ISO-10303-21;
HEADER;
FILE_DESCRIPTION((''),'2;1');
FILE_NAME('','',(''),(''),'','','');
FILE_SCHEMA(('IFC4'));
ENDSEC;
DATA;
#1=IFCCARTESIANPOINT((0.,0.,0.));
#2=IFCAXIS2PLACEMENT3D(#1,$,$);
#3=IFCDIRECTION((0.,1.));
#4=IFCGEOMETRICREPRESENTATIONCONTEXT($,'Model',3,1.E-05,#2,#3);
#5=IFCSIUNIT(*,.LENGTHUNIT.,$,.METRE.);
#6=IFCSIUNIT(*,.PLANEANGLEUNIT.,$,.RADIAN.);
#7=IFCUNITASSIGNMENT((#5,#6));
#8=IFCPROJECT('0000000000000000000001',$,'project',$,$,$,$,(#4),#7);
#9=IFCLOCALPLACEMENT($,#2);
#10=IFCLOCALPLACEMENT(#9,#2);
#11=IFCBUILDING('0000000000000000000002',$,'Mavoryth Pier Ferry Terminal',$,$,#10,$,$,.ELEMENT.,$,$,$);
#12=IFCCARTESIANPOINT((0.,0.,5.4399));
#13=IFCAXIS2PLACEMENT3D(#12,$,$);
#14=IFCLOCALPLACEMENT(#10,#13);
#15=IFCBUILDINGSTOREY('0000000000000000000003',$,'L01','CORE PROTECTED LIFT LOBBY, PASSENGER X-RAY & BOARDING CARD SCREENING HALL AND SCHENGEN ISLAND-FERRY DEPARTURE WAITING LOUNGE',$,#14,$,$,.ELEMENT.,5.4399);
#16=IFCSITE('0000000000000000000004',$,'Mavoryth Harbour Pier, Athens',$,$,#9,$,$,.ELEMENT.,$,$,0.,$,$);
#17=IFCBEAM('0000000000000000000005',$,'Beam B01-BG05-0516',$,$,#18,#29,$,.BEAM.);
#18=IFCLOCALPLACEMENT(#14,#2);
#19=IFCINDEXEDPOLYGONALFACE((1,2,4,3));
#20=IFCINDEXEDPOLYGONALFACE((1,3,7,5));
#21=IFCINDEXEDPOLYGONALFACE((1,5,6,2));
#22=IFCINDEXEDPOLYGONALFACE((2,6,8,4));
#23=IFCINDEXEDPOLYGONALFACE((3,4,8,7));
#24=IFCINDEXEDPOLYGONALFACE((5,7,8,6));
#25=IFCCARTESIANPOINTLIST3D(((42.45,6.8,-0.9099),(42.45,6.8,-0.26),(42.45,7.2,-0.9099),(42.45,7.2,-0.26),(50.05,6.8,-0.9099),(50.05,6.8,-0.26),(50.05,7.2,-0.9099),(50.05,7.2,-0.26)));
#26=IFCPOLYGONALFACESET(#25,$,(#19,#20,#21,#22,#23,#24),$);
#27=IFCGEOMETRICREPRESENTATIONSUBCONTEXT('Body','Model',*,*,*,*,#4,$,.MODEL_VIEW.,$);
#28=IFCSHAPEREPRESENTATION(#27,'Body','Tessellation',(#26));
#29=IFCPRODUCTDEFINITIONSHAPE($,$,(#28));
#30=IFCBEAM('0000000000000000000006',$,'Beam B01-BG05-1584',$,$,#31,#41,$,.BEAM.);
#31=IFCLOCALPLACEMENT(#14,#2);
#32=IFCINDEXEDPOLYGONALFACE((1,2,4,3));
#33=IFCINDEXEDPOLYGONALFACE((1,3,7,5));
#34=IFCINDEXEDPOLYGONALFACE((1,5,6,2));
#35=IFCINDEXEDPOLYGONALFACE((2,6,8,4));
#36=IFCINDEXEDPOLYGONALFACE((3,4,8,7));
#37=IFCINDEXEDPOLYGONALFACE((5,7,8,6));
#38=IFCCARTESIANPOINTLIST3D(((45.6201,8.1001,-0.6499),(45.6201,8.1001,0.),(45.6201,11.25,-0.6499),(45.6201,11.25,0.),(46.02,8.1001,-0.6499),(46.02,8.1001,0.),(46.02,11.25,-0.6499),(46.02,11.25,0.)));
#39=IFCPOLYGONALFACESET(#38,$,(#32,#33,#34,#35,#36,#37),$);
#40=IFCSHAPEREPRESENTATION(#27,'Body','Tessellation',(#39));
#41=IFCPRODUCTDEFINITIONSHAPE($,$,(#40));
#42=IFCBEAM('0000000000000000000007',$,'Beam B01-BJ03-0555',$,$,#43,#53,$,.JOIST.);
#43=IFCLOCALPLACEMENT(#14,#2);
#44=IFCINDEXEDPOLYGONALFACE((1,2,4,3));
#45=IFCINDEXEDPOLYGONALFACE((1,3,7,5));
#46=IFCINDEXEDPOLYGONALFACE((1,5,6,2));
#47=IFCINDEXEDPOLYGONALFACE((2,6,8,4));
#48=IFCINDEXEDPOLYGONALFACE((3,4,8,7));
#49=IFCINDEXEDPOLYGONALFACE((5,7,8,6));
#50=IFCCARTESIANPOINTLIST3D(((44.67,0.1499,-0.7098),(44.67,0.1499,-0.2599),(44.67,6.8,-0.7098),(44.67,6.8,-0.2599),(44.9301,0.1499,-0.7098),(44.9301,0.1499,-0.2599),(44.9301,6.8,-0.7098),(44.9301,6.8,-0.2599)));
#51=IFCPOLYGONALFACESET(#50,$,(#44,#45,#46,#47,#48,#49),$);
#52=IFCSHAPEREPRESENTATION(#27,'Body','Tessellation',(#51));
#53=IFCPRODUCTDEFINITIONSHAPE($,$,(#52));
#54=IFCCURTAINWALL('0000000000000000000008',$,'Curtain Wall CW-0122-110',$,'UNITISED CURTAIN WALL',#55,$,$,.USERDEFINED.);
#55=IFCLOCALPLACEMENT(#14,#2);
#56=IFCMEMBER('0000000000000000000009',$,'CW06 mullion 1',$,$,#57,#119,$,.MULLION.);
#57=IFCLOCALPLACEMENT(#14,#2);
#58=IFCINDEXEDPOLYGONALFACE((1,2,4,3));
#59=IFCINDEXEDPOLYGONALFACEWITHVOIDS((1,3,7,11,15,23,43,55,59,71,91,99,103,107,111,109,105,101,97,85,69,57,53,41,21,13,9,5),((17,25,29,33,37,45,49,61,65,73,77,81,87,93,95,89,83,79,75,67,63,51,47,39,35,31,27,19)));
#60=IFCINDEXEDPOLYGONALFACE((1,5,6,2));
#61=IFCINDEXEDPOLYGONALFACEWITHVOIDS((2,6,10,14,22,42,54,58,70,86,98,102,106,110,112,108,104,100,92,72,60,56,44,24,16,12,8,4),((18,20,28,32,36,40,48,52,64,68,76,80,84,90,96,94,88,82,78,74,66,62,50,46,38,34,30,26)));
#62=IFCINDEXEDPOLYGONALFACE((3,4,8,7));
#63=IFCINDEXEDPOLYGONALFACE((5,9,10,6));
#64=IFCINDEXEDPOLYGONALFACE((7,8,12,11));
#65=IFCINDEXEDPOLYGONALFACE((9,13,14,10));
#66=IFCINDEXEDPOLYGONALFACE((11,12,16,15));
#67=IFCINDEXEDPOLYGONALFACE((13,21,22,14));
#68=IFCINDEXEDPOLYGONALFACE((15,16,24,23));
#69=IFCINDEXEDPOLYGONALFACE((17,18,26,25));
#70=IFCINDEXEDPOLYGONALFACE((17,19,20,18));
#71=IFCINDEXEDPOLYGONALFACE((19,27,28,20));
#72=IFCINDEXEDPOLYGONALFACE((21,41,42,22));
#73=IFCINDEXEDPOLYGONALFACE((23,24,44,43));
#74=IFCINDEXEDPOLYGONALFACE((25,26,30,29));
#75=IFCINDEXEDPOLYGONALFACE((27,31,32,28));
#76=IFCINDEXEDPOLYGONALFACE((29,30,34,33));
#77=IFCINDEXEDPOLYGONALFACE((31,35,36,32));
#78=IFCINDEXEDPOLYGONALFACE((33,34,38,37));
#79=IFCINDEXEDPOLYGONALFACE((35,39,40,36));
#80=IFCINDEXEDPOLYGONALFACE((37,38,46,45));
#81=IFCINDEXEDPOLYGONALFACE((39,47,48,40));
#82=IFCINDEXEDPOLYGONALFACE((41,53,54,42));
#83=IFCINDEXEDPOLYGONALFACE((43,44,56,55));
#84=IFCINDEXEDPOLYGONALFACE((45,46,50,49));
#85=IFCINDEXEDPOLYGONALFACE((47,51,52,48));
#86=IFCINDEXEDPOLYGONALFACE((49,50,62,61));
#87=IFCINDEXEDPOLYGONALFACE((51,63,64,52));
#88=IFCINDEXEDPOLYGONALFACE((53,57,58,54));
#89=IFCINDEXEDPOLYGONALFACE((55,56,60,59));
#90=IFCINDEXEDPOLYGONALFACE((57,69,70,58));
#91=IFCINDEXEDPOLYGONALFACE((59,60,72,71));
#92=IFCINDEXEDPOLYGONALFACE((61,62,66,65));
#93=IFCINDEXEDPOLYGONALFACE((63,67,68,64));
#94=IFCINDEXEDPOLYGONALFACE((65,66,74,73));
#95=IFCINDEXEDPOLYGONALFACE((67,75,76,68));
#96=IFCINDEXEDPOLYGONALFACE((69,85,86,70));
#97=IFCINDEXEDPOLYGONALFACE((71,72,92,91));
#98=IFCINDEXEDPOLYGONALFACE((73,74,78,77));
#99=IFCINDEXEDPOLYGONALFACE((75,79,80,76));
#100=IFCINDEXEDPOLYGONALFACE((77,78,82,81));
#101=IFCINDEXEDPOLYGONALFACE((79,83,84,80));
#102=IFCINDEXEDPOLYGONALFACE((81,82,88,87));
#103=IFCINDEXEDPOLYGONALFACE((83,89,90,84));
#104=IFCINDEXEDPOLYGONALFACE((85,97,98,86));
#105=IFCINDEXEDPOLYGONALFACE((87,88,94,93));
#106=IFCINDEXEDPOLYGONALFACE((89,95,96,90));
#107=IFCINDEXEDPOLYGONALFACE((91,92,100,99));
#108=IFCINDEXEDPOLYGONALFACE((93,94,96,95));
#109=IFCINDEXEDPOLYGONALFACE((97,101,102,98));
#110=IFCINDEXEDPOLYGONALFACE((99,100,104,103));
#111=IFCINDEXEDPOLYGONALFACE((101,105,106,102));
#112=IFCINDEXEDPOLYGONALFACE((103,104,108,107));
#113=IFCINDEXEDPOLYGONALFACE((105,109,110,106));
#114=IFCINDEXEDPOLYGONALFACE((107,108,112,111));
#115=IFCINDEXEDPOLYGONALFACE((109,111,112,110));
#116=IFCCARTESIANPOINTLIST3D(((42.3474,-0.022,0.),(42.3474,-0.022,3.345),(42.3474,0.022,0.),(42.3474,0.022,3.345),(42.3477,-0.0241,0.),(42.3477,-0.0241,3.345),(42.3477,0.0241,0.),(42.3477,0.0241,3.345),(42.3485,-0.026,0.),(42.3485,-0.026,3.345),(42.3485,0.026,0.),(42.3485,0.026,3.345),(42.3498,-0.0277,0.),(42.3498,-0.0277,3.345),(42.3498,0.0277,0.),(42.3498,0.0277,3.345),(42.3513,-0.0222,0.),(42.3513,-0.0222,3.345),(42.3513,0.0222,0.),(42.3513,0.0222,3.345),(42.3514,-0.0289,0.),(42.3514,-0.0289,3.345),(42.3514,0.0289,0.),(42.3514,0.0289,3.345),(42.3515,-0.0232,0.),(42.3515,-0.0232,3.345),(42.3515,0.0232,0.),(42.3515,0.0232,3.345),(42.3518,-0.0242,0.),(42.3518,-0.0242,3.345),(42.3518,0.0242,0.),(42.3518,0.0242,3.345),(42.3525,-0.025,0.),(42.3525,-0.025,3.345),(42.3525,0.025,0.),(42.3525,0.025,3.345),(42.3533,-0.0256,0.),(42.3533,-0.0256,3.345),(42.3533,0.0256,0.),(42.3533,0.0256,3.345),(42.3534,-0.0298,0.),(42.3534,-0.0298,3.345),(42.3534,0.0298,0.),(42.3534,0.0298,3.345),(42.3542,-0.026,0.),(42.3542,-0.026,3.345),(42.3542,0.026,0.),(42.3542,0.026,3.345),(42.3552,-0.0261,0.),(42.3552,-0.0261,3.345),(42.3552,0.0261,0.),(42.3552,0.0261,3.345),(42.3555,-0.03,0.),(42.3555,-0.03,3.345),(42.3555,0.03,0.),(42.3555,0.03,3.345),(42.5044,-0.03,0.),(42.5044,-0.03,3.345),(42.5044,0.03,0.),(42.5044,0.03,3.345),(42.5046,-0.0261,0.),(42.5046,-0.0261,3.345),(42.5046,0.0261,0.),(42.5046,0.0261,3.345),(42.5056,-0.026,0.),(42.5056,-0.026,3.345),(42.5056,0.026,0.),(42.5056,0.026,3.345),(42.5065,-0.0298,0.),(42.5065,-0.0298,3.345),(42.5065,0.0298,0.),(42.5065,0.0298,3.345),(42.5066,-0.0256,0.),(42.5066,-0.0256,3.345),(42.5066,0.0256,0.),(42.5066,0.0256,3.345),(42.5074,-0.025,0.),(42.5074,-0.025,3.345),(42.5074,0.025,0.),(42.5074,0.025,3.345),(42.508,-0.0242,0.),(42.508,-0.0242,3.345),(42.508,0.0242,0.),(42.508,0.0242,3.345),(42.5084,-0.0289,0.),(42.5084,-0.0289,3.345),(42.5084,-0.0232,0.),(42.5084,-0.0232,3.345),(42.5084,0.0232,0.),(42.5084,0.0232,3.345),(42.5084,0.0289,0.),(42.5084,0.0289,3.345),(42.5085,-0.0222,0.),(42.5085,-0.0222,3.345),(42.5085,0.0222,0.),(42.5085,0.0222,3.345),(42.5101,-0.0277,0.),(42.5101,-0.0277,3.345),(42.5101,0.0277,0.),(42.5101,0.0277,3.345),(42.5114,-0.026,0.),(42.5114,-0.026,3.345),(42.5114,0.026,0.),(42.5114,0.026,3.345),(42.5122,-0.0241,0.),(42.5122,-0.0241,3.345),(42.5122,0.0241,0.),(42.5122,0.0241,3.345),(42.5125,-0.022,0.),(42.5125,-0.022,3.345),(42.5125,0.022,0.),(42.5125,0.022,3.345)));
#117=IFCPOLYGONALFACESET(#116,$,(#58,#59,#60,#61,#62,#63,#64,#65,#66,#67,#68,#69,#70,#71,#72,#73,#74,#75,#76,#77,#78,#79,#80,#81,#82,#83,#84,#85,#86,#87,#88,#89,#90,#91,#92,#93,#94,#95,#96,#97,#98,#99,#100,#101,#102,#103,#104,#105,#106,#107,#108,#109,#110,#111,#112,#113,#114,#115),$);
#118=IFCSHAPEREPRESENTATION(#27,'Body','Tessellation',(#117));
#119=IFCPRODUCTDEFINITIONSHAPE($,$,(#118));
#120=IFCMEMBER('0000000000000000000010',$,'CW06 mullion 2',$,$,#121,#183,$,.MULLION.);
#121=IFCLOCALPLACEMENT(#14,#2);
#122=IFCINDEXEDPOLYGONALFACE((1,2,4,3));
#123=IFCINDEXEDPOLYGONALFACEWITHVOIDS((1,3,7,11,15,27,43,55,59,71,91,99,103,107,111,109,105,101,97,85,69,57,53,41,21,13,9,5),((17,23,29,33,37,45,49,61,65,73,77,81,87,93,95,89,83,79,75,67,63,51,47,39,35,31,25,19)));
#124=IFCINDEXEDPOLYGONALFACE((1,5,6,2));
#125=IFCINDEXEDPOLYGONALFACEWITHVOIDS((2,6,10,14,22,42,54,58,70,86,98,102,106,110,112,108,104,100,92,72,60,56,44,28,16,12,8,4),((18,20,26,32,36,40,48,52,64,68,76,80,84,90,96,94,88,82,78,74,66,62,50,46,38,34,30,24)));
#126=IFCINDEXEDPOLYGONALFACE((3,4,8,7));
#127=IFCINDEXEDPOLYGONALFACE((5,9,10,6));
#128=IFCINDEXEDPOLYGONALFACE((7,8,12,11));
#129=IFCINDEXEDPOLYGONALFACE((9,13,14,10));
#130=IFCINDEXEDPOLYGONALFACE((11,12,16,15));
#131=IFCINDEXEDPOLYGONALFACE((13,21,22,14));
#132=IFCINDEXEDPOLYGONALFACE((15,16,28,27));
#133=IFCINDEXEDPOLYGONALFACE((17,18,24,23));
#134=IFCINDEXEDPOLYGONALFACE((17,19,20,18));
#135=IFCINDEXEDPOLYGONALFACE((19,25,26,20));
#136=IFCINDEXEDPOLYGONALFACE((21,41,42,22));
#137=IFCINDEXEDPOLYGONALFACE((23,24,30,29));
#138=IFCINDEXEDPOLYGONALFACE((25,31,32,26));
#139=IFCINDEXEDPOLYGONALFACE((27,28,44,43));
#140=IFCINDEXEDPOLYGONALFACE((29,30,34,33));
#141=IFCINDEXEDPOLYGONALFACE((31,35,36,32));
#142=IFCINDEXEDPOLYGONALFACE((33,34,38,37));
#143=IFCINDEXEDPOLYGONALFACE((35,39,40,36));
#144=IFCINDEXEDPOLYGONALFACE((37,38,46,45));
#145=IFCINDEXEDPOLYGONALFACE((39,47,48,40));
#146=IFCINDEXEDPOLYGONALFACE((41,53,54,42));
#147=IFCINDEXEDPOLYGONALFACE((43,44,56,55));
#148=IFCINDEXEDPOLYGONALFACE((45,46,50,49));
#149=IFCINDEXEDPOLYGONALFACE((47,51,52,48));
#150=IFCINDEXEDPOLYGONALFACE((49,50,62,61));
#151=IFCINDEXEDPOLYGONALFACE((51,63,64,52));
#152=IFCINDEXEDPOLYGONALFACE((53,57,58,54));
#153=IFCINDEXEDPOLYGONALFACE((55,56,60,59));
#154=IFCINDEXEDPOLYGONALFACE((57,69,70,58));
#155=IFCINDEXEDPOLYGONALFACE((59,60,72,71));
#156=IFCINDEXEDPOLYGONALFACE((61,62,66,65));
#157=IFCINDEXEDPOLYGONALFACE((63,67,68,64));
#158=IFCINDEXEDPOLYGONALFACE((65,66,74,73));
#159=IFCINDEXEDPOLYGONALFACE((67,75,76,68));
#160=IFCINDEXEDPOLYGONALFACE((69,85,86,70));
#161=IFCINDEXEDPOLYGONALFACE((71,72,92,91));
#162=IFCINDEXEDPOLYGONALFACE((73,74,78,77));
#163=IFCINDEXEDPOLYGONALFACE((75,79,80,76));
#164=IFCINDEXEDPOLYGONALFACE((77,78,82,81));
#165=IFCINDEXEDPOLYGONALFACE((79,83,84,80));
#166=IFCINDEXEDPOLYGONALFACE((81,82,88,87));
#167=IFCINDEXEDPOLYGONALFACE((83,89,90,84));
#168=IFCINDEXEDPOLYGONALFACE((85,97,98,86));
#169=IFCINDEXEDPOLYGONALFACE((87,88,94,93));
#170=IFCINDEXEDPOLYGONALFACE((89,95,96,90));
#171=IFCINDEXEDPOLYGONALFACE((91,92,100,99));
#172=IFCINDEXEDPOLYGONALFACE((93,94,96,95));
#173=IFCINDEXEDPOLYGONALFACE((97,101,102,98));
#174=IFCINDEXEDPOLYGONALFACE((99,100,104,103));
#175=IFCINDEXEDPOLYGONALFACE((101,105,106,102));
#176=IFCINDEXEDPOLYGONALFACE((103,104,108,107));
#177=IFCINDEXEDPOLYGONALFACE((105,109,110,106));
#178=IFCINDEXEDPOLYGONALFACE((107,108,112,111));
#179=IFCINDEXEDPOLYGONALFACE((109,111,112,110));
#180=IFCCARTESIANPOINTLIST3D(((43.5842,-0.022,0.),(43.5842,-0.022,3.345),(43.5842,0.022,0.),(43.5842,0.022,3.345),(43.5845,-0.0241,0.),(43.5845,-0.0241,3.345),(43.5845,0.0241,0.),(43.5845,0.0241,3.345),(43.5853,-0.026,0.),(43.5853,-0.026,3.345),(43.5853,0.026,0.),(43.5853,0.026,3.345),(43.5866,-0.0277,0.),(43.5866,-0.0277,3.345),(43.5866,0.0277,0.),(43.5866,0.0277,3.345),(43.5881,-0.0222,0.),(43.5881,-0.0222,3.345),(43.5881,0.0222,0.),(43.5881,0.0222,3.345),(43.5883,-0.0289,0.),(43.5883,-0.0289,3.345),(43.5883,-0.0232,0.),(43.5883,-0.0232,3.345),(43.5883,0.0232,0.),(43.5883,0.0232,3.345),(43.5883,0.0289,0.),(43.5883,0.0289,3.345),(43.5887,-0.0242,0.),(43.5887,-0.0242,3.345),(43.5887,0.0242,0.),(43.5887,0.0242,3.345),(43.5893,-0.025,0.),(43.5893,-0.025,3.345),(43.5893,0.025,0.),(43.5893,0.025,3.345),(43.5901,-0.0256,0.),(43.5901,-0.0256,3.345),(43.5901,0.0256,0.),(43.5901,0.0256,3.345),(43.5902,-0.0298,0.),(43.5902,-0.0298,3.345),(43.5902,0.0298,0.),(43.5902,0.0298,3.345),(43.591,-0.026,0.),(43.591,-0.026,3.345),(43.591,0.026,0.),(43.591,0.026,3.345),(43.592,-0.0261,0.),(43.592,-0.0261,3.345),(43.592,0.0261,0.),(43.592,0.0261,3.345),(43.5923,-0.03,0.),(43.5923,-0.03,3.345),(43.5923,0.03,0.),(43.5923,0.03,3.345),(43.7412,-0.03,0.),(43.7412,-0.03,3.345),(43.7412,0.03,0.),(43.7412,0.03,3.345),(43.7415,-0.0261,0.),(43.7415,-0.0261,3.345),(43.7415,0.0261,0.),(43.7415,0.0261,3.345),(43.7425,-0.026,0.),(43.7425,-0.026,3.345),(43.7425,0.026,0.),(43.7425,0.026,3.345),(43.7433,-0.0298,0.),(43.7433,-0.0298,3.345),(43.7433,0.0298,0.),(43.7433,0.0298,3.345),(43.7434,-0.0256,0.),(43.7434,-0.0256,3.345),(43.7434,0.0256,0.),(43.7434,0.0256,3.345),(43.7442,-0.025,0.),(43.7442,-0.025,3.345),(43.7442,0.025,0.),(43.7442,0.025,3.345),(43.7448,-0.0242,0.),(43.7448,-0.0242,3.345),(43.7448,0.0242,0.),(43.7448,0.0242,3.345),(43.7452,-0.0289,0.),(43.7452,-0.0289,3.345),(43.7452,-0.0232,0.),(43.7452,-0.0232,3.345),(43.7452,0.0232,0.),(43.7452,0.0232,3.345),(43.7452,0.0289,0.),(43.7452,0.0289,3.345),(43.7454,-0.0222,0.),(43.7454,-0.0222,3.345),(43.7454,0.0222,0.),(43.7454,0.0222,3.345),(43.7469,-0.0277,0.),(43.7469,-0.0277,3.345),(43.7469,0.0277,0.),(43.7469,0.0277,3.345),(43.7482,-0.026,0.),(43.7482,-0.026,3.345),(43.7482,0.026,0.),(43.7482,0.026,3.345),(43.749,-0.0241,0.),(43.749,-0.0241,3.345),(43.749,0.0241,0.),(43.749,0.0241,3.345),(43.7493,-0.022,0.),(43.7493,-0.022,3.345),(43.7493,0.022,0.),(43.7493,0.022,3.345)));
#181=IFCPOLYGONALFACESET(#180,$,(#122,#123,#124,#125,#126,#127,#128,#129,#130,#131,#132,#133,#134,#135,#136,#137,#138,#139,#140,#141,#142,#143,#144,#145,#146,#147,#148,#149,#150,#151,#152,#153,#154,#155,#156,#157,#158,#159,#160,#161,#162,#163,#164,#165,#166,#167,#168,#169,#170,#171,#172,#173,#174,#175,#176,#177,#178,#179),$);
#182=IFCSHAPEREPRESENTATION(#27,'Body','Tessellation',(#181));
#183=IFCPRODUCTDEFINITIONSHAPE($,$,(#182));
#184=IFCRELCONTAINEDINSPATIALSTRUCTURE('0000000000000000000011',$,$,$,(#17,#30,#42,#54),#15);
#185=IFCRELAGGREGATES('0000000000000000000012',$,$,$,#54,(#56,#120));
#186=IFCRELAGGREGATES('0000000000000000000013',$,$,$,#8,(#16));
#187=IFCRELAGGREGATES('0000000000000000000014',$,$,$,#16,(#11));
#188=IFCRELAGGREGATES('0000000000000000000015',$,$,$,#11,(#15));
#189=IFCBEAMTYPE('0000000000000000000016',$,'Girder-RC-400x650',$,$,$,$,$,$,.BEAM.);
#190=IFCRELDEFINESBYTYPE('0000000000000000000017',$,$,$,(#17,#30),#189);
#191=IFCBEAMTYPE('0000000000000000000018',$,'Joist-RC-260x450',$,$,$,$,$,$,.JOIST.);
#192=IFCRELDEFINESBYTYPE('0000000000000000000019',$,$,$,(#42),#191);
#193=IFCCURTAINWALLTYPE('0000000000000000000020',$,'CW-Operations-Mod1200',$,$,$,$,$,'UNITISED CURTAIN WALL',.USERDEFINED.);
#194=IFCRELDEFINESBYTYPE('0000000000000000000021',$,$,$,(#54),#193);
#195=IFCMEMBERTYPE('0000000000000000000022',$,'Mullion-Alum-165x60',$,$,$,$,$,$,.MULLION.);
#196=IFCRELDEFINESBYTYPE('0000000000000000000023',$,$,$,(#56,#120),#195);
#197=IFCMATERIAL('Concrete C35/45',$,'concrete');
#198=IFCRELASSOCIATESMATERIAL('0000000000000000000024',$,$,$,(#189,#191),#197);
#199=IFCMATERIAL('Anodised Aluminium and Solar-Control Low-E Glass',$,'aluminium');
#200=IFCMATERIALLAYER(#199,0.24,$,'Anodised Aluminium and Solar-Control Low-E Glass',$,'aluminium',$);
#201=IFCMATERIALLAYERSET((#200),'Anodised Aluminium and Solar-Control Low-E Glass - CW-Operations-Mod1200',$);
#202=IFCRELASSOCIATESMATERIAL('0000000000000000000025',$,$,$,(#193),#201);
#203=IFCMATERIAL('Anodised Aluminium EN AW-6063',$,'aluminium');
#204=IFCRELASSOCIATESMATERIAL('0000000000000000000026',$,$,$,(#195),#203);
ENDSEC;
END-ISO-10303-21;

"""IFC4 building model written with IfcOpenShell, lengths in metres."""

from ifc_helpers import new_model, si_unit, direction, frame, origin, origin_2d, place, context, subcontext, project, spatial, rectangle, hollow_rectangle, extrude, material, layer, layer_set, material_profile, profile_set, type_object, element, aggregate, save


model = new_model("IFC4")

# Units and contexts
model_context = context("Model", 3, precision=1e-05, world=origin(), true_north=direction((0.0, 1.0)))
body_context = subcontext(model_context, "Body", "Model", "MODEL_VIEW")
ifc_project = project(units=[si_unit("LENGTHUNIT", "METRE"), si_unit("PLANEANGLEUNIT", "RADIAN")], contexts=[model_context])

# Site, building, storey
site_placement = place(None, origin())
site = spatial("IfcSite", under=ifc_project, at=site_placement, Name="Mavoryth Harbour Pier, Athens", CompositionType="ELEMENT", RefElevation=0.0)
building_placement = place(site_placement, origin())
building = spatial("IfcBuilding", under=site, at=building_placement, Name="Mavoryth Pier Ferry Terminal", CompositionType="ELEMENT")
storey_placement = place(building_placement, frame((0.0, 0.0, 5.4399)))
storey = spatial("IfcBuildingStorey", under=building, at=storey_placement, Name="L01", Description="CORE PROTECTED LIFT LOBBY, PASSENGER X-RAY & BOARDING CARD SCREENING HALL AND SCHENGEN ISLAND-FERRY DEPARTURE WAITING LOUNGE", CompositionType="ELEMENT", Elevation=5.4399)

# Beams
ifc_material_1 = material(Name="Concrete C35/45", Category="concrete")
ifc_material_profile_1 = material_profile(ifc_material_1, rectangle(XDim=0.3999, YDim=0.6499, at=origin_2d()), Name="RC 400x650", Category="concrete")
ifc_profile_set_1 = profile_set([ifc_material_profile_1], Name="Concrete C35/45 - RC 400x650")
beam_type_1 = type_object("IfcBeamType", Name="Girder-RC-400x650", PredefinedType="BEAM", material=ifc_profile_set_1)
beam_1_placement = place(storey_placement, frame((42.45, 7.0, -0.585), z_axis=(1.0, 0.0, 0.0), x_axis=(0.0, 1.0, 0.0)))
element("IfcBeam", 1, at=beam_1_placement, inside=storey, type_object=beam_type_1, Name="Beam B01-BG05-0516", PredefinedType="BEAM", context=body_context, shape_type="SweptSolid", body=[
    extrude(rectangle(XDim=0.3999, YDim=0.6499, at=origin_2d()), origin(), (0.0, 0.0, 1.0), 7.6001),
])
beam_2_placement = place(storey_placement, frame((45.8201, 8.1001, -0.325), z_axis=(0.0, 1.0, 0.0), x_axis=(-1.0, 0.0, 0.0)))
element("IfcBeam", 2, at=beam_2_placement, inside=storey, type_object=beam_type_1, Name="Beam B01-BG05-1584", PredefinedType="BEAM", context=body_context, shape_type="SweptSolid", body=[
    extrude(rectangle(XDim=0.3999, YDim=0.6499, at=origin_2d()), origin(), (0.0, 0.0, 1.0), 3.1499),
])
ifc_material_profile_2 = material_profile(ifc_material_1, rectangle(XDim=0.26, YDim=0.45, at=origin_2d()), Name="RC 260x450", Category="concrete")
ifc_profile_set_2 = profile_set([ifc_material_profile_2], Name="Concrete C35/45 - RC 260x450")
beam_type_2 = type_object("IfcBeamType", Name="Joist-RC-260x450", PredefinedType="JOIST", material=ifc_profile_set_2)
beam_3_placement = place(storey_placement, frame((44.8, 0.1499, -0.4849), z_axis=(0.0, 1.0, 0.0), x_axis=(-1.0, 0.0, 0.0)))
element("IfcBeam", 3, at=beam_3_placement, inside=storey, type_object=beam_type_2, Name="Beam B01-BJ03-0555", PredefinedType="JOIST", context=body_context, shape_type="SweptSolid", body=[
    extrude(rectangle(XDim=0.26, YDim=0.45, at=origin_2d()), origin(), (0.0, 0.0, 1.0), 6.6501),
])

# Curtain wall, members
ifc_material_2 = material(Name="Anodised Aluminium and Solar-Control Low-E Glass", Category="aluminium")
ifc_layer_1 = layer(ifc_material_2, 0.24, Name="Anodised Aluminium and Solar-Control Low-E Glass", Category="aluminium")
ifc_layer_set_1 = layer_set([ifc_layer_1], Name="Anodised Aluminium and Solar-Control Low-E Glass - CW-Operations-Mod1200")
curtain_wall_type = type_object("IfcCurtainWallType", Name="CW-Operations-Mod1200", ElementType="UNITISED CURTAIN WALL", PredefinedType="USERDEFINED", material=ifc_layer_set_1)
curtain_wall_placement = place(storey_placement, origin())
curtain_wall = element("IfcCurtainWall", 4, at=curtain_wall_placement, inside=storey, type_object=curtain_wall_type, Name="Curtain Wall CW-0122-110", ObjectType="UNITISED CURTAIN WALL", PredefinedType="USERDEFINED")
ifc_material_3 = material(Name="Anodised Aluminium EN AW-6063", Category="aluminium")
ifc_material_profile_3 = material_profile(ifc_material_3, hollow_rectangle(XDim=0.0601, YDim=0.165, WallThickness=0.0039, InnerFilletRadius=0.0039, OuterFilletRadius=0.0081, at=origin_2d()), Name="AL-MULL 165x60x4", Category="aluminium")
ifc_profile_set_3 = profile_set([ifc_material_profile_3], Name="Anodised Aluminium EN AW-6063 - AL-MULL 165x60x4")
member_type_1 = type_object("IfcMemberType", Name="Mullion-Alum-165x60", PredefinedType="MULLION", material=ifc_profile_set_3)
member_1_placement = place(storey_placement, frame((42.4299, 0.0, 0.0), z_axis=(0.0, 0.0, 1.0), x_axis=(0.0, 1.0, 0.0)))
member_1 = element("IfcMember", 5, at=member_1_placement, type_object=member_type_1, Name="CW06 mullion 1", PredefinedType="MULLION", context=body_context, shape_type="SweptSolid", body=[
    extrude(hollow_rectangle(XDim=0.0601, YDim=0.165, WallThickness=0.0039, InnerFilletRadius=0.0039, OuterFilletRadius=0.0081, at=origin_2d()), origin(), (0.0, 0.0, 1.0), 3.345),
])
member_2_placement = place(storey_placement, frame((43.6667, 0.0, 0.0), z_axis=(0.0, 0.0, 1.0), x_axis=(0.0, 1.0, 0.0)))
member_2 = element("IfcMember", 6, at=member_2_placement, type_object=member_type_1, Name="CW06 mullion 2", PredefinedType="MULLION", context=body_context, shape_type="SweptSolid", body=[
    extrude(hollow_rectangle(XDim=0.0601, YDim=0.165, WallThickness=0.0039, InnerFilletRadius=0.0039, OuterFilletRadius=0.0081, at=origin_2d()), origin(), (0.0, 0.0, 1.0), 3.345),
])

aggregate(curtain_wall, [member_1, member_2])

save(model, "model.ifc")
